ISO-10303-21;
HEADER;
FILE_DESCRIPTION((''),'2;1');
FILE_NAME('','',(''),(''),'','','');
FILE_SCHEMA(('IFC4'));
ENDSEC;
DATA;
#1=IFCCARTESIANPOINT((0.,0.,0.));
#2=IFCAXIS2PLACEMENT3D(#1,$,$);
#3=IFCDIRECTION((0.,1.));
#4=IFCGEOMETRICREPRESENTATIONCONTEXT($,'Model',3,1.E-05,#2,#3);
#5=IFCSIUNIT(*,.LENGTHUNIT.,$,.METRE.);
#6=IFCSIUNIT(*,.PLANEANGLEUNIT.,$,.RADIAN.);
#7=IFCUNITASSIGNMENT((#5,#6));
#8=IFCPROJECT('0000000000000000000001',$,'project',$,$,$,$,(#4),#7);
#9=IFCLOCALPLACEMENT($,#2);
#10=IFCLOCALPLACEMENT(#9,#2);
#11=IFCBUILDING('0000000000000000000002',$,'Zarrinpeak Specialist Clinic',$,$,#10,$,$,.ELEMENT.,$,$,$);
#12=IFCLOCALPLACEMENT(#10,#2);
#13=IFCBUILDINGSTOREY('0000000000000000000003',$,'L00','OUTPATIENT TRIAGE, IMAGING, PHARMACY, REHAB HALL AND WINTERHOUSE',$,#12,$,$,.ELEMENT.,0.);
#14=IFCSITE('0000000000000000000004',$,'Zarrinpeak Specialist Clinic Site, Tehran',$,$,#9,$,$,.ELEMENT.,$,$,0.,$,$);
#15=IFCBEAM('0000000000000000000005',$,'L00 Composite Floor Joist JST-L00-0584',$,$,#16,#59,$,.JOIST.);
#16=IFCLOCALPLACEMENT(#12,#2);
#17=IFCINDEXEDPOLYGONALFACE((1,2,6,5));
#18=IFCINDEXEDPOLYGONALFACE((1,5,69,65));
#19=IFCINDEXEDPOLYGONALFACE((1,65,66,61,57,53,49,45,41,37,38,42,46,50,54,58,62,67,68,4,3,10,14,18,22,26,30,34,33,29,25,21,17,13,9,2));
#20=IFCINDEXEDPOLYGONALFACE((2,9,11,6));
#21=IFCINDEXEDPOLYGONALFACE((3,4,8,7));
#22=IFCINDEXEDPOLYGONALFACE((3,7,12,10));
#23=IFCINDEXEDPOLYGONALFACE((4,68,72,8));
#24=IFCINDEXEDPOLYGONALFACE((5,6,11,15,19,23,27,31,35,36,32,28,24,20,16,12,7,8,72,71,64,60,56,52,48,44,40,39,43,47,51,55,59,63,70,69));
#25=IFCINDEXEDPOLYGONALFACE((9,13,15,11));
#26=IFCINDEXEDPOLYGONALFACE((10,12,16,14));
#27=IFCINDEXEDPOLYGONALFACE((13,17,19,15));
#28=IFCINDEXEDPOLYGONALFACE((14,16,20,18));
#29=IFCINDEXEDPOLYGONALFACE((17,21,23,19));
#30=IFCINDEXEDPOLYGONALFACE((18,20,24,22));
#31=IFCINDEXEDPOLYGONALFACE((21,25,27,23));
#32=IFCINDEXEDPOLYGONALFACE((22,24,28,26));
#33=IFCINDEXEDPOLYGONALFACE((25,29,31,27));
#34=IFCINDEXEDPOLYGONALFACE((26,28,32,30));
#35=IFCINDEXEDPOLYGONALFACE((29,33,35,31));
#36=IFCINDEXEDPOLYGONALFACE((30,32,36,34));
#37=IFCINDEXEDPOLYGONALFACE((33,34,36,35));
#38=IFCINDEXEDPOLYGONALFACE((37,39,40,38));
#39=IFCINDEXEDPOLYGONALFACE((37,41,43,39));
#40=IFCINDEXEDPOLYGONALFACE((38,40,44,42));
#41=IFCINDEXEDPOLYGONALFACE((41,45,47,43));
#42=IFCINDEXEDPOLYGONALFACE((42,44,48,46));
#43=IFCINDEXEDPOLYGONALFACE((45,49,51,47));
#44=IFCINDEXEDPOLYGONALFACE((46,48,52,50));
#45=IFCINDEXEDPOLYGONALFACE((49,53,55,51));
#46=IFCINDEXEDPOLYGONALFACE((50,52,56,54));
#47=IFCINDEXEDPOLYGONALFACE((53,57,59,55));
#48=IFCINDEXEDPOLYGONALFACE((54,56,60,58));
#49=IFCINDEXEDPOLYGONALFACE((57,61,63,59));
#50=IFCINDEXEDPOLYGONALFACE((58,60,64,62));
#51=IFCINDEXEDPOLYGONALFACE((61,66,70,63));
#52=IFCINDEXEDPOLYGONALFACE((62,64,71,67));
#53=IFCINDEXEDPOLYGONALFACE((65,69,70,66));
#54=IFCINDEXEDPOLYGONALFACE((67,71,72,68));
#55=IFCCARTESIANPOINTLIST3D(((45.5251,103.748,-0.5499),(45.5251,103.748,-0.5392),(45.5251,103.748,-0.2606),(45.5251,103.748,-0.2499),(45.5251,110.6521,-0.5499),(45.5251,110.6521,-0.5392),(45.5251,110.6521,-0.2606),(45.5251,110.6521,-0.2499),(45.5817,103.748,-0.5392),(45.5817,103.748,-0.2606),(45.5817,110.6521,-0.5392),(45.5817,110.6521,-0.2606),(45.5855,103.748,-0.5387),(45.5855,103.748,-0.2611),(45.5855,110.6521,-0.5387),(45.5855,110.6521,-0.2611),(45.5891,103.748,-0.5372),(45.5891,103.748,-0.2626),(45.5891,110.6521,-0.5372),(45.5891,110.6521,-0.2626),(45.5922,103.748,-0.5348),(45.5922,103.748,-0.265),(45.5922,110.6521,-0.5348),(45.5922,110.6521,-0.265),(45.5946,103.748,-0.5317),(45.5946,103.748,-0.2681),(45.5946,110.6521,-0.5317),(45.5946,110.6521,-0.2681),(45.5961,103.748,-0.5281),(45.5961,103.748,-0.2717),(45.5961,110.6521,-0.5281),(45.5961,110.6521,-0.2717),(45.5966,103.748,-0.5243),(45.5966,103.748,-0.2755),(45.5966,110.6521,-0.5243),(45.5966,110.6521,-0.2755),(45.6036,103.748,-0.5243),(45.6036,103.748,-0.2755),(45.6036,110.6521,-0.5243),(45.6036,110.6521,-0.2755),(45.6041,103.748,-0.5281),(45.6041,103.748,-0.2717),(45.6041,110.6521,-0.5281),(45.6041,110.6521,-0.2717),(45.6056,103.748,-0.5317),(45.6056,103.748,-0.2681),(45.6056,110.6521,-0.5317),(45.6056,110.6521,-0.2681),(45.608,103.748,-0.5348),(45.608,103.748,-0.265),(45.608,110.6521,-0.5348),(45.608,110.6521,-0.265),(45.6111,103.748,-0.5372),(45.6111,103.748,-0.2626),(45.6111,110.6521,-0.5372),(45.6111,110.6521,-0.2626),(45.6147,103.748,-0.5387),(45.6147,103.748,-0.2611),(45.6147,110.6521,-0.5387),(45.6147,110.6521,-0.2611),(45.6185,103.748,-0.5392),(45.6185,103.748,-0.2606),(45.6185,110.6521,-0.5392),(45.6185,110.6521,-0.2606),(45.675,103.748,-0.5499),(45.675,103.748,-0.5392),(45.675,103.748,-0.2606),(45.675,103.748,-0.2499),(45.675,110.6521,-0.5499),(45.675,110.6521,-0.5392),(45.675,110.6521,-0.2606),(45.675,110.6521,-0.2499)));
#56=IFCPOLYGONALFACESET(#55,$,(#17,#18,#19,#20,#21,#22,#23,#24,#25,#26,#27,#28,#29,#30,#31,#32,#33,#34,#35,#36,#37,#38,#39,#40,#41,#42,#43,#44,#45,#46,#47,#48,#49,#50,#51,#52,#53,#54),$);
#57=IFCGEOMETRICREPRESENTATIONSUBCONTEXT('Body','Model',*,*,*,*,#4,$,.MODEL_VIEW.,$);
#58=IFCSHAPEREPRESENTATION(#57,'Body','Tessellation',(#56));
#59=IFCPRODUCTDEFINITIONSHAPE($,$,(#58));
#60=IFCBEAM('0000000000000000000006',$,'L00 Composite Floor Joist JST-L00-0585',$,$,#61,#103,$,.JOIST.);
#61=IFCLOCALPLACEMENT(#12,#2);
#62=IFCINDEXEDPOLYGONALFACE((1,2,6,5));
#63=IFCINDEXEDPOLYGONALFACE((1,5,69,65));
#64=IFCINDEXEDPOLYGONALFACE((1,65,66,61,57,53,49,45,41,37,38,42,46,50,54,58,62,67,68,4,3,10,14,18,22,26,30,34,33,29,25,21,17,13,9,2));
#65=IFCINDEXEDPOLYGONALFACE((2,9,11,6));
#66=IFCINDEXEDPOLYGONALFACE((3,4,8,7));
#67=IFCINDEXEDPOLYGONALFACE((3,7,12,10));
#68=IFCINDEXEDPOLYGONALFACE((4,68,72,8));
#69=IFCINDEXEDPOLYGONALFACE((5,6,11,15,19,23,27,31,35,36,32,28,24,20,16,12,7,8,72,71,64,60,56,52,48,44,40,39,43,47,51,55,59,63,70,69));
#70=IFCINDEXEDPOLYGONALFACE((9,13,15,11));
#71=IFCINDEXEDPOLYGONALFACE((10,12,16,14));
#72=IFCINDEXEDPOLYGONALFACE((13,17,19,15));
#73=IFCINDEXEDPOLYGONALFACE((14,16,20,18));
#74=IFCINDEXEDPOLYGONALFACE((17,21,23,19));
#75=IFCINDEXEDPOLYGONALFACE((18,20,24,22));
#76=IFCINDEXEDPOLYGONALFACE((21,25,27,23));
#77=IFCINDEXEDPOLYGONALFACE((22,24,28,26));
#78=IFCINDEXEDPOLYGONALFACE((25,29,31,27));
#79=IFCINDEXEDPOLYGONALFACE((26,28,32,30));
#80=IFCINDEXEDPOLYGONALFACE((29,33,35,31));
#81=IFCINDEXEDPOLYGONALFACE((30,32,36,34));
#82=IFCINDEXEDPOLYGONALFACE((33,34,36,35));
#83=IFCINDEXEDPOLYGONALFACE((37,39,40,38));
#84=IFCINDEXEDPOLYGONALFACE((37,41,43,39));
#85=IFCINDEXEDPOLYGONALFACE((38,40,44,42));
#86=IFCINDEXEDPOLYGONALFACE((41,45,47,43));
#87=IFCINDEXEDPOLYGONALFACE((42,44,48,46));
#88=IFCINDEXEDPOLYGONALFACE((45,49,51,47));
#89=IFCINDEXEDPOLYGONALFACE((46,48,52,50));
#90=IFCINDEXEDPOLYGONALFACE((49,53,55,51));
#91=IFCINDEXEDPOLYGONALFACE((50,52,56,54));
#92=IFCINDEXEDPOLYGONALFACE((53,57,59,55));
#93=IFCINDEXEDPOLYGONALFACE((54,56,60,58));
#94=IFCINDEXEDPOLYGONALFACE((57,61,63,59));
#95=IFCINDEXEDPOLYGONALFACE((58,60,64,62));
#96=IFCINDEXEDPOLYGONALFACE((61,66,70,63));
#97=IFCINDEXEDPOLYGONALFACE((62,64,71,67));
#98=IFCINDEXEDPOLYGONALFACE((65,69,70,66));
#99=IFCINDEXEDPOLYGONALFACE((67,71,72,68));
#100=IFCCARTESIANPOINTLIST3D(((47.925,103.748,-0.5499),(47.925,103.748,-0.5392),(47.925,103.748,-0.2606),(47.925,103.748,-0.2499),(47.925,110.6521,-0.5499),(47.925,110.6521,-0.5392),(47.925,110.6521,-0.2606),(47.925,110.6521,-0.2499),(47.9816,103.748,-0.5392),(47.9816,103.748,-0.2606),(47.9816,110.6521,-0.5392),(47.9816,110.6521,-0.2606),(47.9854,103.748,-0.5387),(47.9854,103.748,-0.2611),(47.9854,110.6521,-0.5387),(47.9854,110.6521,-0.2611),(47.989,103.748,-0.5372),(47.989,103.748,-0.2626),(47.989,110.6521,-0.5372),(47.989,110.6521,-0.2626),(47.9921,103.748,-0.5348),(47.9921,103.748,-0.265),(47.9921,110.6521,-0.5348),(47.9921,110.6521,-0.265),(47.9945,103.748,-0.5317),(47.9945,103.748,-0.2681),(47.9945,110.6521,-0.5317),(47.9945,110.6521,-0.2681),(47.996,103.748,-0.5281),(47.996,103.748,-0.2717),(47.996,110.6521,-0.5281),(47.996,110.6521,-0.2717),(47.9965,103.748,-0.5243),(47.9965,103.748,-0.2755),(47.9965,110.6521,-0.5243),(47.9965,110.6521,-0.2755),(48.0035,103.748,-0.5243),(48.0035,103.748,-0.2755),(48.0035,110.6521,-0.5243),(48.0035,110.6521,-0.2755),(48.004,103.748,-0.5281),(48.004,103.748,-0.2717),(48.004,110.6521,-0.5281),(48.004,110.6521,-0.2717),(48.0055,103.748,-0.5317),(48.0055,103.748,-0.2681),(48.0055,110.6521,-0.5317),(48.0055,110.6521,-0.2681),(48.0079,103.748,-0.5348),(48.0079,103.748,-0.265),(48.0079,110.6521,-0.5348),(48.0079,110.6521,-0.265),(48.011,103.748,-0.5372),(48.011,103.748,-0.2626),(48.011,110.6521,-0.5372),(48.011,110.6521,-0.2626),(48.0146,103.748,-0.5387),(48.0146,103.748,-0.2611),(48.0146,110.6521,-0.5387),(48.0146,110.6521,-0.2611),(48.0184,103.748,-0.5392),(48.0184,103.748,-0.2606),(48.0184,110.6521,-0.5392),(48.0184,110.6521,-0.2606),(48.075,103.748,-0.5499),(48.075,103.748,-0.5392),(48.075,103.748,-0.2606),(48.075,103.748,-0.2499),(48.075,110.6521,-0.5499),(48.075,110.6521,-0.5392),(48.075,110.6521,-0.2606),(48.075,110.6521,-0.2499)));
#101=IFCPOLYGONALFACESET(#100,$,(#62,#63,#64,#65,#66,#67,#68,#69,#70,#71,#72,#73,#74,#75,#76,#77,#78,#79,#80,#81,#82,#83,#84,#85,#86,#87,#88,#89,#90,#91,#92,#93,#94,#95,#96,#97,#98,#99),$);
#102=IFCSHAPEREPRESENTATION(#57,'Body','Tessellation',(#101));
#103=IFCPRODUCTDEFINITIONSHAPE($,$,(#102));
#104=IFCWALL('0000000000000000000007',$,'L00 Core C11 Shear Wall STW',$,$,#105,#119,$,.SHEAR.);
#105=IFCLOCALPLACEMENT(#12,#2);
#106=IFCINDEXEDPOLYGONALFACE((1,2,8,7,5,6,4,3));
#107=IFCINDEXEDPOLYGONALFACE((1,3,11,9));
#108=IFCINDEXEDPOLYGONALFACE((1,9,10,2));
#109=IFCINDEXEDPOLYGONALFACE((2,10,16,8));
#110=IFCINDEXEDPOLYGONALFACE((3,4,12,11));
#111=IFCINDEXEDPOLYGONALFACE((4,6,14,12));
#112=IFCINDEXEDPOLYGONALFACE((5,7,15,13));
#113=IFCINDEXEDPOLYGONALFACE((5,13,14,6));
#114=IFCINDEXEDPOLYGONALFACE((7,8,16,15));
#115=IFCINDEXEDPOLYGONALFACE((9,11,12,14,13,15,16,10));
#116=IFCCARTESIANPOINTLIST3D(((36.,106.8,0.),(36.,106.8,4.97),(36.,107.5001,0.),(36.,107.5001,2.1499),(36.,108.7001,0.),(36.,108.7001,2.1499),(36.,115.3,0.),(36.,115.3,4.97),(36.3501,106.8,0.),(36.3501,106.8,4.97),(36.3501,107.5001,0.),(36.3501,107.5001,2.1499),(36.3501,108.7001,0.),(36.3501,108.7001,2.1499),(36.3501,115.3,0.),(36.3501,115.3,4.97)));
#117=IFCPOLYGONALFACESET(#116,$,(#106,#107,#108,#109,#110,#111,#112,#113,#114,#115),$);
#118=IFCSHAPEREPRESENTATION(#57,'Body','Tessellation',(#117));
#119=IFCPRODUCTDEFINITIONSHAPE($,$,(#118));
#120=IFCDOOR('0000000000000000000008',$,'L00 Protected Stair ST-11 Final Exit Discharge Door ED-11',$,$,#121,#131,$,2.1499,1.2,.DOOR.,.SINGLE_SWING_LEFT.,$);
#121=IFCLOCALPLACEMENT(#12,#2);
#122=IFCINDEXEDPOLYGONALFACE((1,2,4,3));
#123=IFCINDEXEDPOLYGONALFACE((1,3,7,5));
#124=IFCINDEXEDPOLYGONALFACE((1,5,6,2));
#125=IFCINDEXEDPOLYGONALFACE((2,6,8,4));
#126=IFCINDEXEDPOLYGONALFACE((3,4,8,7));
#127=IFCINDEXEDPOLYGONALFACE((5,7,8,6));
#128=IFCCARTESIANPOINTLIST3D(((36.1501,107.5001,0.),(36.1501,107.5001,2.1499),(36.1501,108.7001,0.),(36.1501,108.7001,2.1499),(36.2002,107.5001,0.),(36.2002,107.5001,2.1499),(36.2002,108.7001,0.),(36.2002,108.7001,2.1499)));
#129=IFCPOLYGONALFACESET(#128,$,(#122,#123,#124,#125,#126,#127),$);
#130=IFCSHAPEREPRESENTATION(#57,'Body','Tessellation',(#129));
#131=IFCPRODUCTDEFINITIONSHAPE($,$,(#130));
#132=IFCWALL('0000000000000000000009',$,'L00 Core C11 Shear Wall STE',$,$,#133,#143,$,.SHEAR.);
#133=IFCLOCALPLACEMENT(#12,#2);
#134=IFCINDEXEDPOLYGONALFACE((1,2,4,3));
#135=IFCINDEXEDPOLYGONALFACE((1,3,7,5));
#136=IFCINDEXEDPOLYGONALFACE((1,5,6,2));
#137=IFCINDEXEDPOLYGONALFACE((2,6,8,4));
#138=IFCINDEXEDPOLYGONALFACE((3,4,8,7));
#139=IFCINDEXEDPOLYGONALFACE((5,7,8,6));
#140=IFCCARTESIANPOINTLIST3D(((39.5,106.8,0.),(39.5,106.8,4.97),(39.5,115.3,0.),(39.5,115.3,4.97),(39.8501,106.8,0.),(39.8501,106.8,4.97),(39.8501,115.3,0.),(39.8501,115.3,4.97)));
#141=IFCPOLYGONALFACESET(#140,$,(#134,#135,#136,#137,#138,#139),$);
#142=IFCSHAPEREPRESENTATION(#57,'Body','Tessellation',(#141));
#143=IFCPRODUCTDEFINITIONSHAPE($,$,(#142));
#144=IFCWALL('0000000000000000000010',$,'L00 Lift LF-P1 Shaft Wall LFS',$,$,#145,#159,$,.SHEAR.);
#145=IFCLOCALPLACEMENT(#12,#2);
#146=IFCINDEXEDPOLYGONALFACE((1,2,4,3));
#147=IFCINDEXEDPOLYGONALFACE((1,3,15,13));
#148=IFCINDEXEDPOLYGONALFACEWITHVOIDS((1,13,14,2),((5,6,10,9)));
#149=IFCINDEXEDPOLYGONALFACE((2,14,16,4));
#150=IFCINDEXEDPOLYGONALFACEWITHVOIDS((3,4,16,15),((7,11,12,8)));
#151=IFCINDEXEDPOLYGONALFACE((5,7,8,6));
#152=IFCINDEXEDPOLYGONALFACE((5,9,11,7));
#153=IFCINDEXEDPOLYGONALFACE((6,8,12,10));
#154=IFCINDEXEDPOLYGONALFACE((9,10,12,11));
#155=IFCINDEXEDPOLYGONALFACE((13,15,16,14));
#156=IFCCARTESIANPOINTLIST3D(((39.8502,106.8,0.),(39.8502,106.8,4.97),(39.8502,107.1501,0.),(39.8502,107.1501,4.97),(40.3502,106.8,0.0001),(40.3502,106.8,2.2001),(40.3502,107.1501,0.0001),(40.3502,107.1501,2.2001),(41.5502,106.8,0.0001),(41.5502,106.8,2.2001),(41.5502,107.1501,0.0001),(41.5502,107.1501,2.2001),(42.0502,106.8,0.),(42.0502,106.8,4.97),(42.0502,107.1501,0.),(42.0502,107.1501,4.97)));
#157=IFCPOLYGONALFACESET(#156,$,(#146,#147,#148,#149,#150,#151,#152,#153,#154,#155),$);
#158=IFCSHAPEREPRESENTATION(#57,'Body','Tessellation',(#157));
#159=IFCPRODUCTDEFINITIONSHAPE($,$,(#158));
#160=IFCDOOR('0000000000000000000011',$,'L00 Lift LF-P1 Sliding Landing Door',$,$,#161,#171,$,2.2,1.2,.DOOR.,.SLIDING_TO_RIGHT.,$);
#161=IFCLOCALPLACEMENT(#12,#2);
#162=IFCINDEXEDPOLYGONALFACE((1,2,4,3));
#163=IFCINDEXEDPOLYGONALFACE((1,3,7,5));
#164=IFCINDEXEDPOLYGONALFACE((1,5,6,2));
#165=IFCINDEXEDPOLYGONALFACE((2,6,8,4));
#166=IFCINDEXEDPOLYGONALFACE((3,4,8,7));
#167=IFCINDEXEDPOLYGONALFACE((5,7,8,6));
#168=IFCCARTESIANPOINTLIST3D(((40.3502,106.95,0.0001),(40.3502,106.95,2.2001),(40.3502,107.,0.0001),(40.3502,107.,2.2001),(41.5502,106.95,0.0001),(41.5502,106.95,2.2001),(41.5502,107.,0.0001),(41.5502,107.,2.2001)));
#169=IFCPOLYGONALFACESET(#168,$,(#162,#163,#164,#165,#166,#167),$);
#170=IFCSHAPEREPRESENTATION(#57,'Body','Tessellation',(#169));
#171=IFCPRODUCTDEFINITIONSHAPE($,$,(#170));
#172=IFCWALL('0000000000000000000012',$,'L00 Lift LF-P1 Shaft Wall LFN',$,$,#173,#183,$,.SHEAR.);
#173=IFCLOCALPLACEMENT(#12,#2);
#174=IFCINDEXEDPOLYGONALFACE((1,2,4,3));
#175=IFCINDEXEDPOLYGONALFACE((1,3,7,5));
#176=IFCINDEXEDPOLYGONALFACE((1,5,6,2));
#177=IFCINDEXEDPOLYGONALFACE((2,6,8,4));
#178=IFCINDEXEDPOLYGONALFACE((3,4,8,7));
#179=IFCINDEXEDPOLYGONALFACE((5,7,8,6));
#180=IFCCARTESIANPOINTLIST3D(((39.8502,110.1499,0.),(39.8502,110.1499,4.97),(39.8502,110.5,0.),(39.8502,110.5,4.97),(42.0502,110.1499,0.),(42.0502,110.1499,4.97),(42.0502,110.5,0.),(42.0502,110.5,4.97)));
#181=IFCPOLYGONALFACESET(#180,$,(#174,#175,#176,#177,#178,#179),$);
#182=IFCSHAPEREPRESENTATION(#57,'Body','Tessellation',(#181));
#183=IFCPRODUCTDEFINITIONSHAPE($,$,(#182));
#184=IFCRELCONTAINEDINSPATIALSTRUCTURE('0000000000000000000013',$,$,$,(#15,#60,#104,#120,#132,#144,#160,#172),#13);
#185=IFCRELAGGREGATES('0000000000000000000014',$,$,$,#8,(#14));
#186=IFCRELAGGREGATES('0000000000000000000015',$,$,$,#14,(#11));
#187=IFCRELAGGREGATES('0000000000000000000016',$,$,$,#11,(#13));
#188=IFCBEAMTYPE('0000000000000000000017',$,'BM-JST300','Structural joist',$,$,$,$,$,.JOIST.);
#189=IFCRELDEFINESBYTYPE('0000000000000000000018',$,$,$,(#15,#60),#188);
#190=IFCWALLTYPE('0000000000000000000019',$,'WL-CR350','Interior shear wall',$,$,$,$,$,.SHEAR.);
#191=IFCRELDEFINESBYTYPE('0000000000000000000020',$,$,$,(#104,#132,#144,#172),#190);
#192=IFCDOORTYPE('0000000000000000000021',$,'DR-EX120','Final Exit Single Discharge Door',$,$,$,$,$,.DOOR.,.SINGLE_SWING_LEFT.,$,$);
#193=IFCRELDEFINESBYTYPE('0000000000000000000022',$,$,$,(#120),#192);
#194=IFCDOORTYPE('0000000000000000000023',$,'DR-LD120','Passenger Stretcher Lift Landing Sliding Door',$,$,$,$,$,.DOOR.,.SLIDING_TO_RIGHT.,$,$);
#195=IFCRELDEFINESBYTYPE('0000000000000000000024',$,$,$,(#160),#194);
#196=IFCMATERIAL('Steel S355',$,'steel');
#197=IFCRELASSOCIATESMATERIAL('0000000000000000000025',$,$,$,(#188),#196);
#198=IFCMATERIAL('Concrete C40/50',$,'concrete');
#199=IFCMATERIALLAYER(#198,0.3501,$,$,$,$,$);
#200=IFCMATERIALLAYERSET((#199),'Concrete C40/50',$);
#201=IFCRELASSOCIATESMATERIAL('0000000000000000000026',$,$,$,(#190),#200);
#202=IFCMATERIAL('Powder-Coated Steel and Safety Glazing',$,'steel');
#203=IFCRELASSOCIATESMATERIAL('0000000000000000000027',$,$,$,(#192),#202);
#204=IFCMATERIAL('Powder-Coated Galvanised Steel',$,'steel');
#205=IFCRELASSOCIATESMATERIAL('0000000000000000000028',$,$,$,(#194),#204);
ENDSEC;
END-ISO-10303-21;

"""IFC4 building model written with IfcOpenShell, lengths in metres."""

from ifc_helpers import new_model, si_unit, direction, frame, frame_2d, origin, origin_2d, place, context, subcontext, project, spatial, rectangle, i_section, extrude, material, layer, layer_set, material_profile, profile_set, type_object, element, fill, save


model = new_model("IFC4")

# Units and contexts
model_context = context("Model", 3, precision=1e-05, world=origin(), true_north=direction((0.0, 1.0)))
body_context = subcontext(model_context, "Body", "Model", "MODEL_VIEW")
ifc_project = project(units=[si_unit("LENGTHUNIT", "METRE"), si_unit("PLANEANGLEUNIT", "RADIAN")], contexts=[model_context])

# Site, building, storey
site_placement = place(None, origin())
site = spatial("IfcSite", under=ifc_project, at=site_placement, Name="Zarrinpeak Specialist Clinic Site, Tehran", CompositionType="ELEMENT", RefElevation=0.0)
building_placement = place(site_placement, origin())
building = spatial("IfcBuilding", under=site, at=building_placement, Name="Zarrinpeak Specialist Clinic", CompositionType="ELEMENT")
storey_placement = place(building_placement, origin())
storey = spatial("IfcBuildingStorey", under=building, at=storey_placement, Name="L00", Description="OUTPATIENT TRIAGE, IMAGING, PHARMACY, REHAB HALL AND WINTERHOUSE", CompositionType="ELEMENT", Elevation=0.0)

# Shared definitions
ifc_material_1 = material(Name="Steel S355", Category="steel")

# Beams
ifc_material_profile_1 = material_profile(ifc_material_1, i_section(OverallWidth=0.1499, OverallDepth=0.3, WebThickness=0.0071, FlangeThickness=0.0107, FilletRadius=0.0149, at=origin_2d()), Name="IPE 300")
ifc_profile_set_1 = profile_set([ifc_material_profile_1], Name="Steel S355")
beam_type_1 = type_object("IfcBeamType", Name="BM-JST300", Description="Structural joist", PredefinedType="JOIST", material=ifc_profile_set_1)
for number, where, z_axis, x_axis, name in (
    (1, (45.6001, 103.748, -0.3999), (0.0, 1.0, 0.0), (-1.0, 0.0, 0.0), "L00 Composite Floor Joist JST-L00-0584"),
    (2, (48.0, 103.748, -0.3999), (0.0, 1.0, 0.0), (-1.0, 0.0, 0.0), "L00 Composite Floor Joist JST-L00-0585"),
):
    element("IfcBeam", number, at=place(storey_placement, frame(where, z_axis=z_axis, x_axis=x_axis)), inside=storey, type_object=beam_type_1, Name=name, PredefinedType="JOIST", context=body_context, shape_type="SweptSolid", body=[
        extrude(i_section(OverallWidth=0.1499, OverallDepth=0.3, WebThickness=0.0071, FlangeThickness=0.0107, FilletRadius=0.0149, at=origin_2d()), origin(), (0.0, 0.0, 1.0), 6.9041),
    ])

# Wall, opening, door
ifc_material_2 = material(Name="Concrete C40/50", Category="concrete")
ifc_layer_1 = layer(ifc_material_2, 0.3501)
ifc_layer_set_1 = layer_set([ifc_layer_1], Name="Concrete C40/50")
wall_type_1 = type_object("IfcWallType", Name="WL-CR350", Description="Interior shear wall", PredefinedType="SHEAR", material=ifc_layer_set_1)
ifc_material_3 = material(Name="Powder-Coated Galvanised Steel", Category="steel")
wall_1_placement = place(storey_placement, frame((36.175, 106.8, 0.0), z_axis=(0.0, 0.0, 1.0), x_axis=(0.0, 1.0, 0.0)))
wall_1 = element("IfcWall", 3, at=wall_1_placement, inside=storey, type_object=wall_type_1, Name="L00 Core C11 Shear Wall STW", PredefinedType="SHEAR", context=body_context, shape_type="SweptSolid", body=[
    extrude(rectangle(XDim=8.5, YDim=0.3501, at=frame_2d((4.25, 0.0))), origin(), (0.0, 0.0, 1.0), 4.97),
])
opening_1_placement = place(wall_1_placement, frame((0.7, 0.0, 0.0)))
opening_1 = element("IfcOpeningElement", 4, at=opening_1_placement, cuts=wall_1, PredefinedType="OPENING", context=body_context, shape_type="SweptSolid", body=[
    extrude(rectangle(XDim=1.2, YDim=2.1499, at=frame_2d((0.6001, 1.075))), frame((0.0, 0.1851, 0.0), z_axis=(0.0, -1.0, 0.0), x_axis=(1.0, 0.0, 0.0)), (0.0, 0.0, 1.0), 0.3701),
])
ifc_material_4 = material(Name="Powder-Coated Steel and Safety Glazing", Category="steel")
door_type_1 = type_object("IfcDoorType", Name="DR-EX120", Description="Final Exit Single Discharge Door", OperationType="SINGLE_SWING_LEFT", PredefinedType="DOOR", material=ifc_material_4)
door_1_placement = place(opening_1_placement, origin())
door_1 = element("IfcDoor", 5, at=door_1_placement, inside=storey, type_object=door_type_1, Name="L00 Protected Stair ST-11 Final Exit Discharge Door ED-11", OperationType="SINGLE_SWING_LEFT", OverallHeight=2.1499, OverallWidth=1.2, PredefinedType="DOOR", context=body_context, shape_type="SweptSolid", body=[
    extrude(rectangle(XDim=1.2, YDim=2.1499, at=frame_2d((0.6001, 1.075))), frame((0.0, 0.0249, 0.0), z_axis=(0.0, -1.0, 0.0), x_axis=(1.0, 0.0, 0.0)), (0.0, 0.0, 1.0), 0.05),
])
fill(opening_1, door_1)

# Wall
wall_2_placement = place(storey_placement, frame((39.675, 106.8, 0.0), z_axis=(0.0, 0.0, 1.0), x_axis=(0.0, 1.0, 0.0)))
element("IfcWall", 6, at=wall_2_placement, inside=storey, type_object=wall_type_1, Name="L00 Core C11 Shear Wall STE", PredefinedType="SHEAR", context=body_context, shape_type="SweptSolid", body=[
    extrude(rectangle(XDim=8.5, YDim=0.3501, at=frame_2d((4.25, 0.0))), origin(), (0.0, 0.0, 1.0), 4.97),
])

# Wall, opening, door
wall_3_placement = place(storey_placement, frame((39.8501, 106.9751, 0.0), z_axis=(0.0, 0.0, 1.0), x_axis=(1.0, 0.0, 0.0)))
wall_3 = element("IfcWall", 7, at=wall_3_placement, inside=storey, type_object=wall_type_1, Name="L00 Lift LF-P1 Shaft Wall LFS", PredefinedType="SHEAR", context=body_context, shape_type="SweptSolid", body=[
    extrude(rectangle(XDim=2.2, YDim=0.3501, at=frame_2d((1.1001, 0.0))), origin(), (0.0, 0.0, 1.0), 4.97),
])
opening_2_placement = place(wall_3_placement, frame((0.5, 0.0, 0.0)))
opening_2 = element("IfcOpeningElement", 8, at=opening_2_placement, cuts=wall_3, PredefinedType="OPENING", context=body_context, shape_type="SweptSolid", body=[
    extrude(rectangle(XDim=1.2, YDim=2.2, at=frame_2d((0.6001, 1.1001))), frame((0.0, 0.1851, 0.0), z_axis=(0.0, -1.0, 0.0), x_axis=(1.0, 0.0, 0.0)), (0.0, 0.0, 1.0), 0.3701),
])
door_type_2 = type_object("IfcDoorType", Name="DR-LD120", Description="Passenger Stretcher Lift Landing Sliding Door", OperationType="SLIDING_TO_RIGHT", PredefinedType="DOOR", material=ifc_material_3)
door_2_placement = place(opening_2_placement, origin())
door_2 = element("IfcDoor", 9, at=door_2_placement, inside=storey, type_object=door_type_2, Name="L00 Lift LF-P1 Sliding Landing Door", OperationType="SLIDING_TO_RIGHT", OverallHeight=2.2, OverallWidth=1.2, PredefinedType="DOOR", context=body_context, shape_type="SweptSolid", body=[
    extrude(rectangle(XDim=1.2, YDim=2.2, at=frame_2d((0.6001, 1.1001))), frame((0.0, 0.0249, 0.0), z_axis=(0.0, -1.0, 0.0), x_axis=(1.0, 0.0, 0.0)), (0.0, 0.0, 1.0), 0.05),
])
fill(opening_2, door_2)

# Wall
wall_4_placement = place(storey_placement, frame((39.8501, 110.325, 0.0), z_axis=(0.0, 0.0, 1.0), x_axis=(1.0, 0.0, 0.0)))
element("IfcWall", 10, at=wall_4_placement, inside=storey, type_object=wall_type_1, Name="L00 Lift LF-P1 Shaft Wall LFN", PredefinedType="SHEAR", context=body_context, shape_type="SweptSolid", body=[
    extrude(rectangle(XDim=2.2, YDim=0.3501, at=frame_2d((1.1001, 0.0))), origin(), (0.0, 0.0, 1.0), 4.97),
])

save(model, "model.ifc")
